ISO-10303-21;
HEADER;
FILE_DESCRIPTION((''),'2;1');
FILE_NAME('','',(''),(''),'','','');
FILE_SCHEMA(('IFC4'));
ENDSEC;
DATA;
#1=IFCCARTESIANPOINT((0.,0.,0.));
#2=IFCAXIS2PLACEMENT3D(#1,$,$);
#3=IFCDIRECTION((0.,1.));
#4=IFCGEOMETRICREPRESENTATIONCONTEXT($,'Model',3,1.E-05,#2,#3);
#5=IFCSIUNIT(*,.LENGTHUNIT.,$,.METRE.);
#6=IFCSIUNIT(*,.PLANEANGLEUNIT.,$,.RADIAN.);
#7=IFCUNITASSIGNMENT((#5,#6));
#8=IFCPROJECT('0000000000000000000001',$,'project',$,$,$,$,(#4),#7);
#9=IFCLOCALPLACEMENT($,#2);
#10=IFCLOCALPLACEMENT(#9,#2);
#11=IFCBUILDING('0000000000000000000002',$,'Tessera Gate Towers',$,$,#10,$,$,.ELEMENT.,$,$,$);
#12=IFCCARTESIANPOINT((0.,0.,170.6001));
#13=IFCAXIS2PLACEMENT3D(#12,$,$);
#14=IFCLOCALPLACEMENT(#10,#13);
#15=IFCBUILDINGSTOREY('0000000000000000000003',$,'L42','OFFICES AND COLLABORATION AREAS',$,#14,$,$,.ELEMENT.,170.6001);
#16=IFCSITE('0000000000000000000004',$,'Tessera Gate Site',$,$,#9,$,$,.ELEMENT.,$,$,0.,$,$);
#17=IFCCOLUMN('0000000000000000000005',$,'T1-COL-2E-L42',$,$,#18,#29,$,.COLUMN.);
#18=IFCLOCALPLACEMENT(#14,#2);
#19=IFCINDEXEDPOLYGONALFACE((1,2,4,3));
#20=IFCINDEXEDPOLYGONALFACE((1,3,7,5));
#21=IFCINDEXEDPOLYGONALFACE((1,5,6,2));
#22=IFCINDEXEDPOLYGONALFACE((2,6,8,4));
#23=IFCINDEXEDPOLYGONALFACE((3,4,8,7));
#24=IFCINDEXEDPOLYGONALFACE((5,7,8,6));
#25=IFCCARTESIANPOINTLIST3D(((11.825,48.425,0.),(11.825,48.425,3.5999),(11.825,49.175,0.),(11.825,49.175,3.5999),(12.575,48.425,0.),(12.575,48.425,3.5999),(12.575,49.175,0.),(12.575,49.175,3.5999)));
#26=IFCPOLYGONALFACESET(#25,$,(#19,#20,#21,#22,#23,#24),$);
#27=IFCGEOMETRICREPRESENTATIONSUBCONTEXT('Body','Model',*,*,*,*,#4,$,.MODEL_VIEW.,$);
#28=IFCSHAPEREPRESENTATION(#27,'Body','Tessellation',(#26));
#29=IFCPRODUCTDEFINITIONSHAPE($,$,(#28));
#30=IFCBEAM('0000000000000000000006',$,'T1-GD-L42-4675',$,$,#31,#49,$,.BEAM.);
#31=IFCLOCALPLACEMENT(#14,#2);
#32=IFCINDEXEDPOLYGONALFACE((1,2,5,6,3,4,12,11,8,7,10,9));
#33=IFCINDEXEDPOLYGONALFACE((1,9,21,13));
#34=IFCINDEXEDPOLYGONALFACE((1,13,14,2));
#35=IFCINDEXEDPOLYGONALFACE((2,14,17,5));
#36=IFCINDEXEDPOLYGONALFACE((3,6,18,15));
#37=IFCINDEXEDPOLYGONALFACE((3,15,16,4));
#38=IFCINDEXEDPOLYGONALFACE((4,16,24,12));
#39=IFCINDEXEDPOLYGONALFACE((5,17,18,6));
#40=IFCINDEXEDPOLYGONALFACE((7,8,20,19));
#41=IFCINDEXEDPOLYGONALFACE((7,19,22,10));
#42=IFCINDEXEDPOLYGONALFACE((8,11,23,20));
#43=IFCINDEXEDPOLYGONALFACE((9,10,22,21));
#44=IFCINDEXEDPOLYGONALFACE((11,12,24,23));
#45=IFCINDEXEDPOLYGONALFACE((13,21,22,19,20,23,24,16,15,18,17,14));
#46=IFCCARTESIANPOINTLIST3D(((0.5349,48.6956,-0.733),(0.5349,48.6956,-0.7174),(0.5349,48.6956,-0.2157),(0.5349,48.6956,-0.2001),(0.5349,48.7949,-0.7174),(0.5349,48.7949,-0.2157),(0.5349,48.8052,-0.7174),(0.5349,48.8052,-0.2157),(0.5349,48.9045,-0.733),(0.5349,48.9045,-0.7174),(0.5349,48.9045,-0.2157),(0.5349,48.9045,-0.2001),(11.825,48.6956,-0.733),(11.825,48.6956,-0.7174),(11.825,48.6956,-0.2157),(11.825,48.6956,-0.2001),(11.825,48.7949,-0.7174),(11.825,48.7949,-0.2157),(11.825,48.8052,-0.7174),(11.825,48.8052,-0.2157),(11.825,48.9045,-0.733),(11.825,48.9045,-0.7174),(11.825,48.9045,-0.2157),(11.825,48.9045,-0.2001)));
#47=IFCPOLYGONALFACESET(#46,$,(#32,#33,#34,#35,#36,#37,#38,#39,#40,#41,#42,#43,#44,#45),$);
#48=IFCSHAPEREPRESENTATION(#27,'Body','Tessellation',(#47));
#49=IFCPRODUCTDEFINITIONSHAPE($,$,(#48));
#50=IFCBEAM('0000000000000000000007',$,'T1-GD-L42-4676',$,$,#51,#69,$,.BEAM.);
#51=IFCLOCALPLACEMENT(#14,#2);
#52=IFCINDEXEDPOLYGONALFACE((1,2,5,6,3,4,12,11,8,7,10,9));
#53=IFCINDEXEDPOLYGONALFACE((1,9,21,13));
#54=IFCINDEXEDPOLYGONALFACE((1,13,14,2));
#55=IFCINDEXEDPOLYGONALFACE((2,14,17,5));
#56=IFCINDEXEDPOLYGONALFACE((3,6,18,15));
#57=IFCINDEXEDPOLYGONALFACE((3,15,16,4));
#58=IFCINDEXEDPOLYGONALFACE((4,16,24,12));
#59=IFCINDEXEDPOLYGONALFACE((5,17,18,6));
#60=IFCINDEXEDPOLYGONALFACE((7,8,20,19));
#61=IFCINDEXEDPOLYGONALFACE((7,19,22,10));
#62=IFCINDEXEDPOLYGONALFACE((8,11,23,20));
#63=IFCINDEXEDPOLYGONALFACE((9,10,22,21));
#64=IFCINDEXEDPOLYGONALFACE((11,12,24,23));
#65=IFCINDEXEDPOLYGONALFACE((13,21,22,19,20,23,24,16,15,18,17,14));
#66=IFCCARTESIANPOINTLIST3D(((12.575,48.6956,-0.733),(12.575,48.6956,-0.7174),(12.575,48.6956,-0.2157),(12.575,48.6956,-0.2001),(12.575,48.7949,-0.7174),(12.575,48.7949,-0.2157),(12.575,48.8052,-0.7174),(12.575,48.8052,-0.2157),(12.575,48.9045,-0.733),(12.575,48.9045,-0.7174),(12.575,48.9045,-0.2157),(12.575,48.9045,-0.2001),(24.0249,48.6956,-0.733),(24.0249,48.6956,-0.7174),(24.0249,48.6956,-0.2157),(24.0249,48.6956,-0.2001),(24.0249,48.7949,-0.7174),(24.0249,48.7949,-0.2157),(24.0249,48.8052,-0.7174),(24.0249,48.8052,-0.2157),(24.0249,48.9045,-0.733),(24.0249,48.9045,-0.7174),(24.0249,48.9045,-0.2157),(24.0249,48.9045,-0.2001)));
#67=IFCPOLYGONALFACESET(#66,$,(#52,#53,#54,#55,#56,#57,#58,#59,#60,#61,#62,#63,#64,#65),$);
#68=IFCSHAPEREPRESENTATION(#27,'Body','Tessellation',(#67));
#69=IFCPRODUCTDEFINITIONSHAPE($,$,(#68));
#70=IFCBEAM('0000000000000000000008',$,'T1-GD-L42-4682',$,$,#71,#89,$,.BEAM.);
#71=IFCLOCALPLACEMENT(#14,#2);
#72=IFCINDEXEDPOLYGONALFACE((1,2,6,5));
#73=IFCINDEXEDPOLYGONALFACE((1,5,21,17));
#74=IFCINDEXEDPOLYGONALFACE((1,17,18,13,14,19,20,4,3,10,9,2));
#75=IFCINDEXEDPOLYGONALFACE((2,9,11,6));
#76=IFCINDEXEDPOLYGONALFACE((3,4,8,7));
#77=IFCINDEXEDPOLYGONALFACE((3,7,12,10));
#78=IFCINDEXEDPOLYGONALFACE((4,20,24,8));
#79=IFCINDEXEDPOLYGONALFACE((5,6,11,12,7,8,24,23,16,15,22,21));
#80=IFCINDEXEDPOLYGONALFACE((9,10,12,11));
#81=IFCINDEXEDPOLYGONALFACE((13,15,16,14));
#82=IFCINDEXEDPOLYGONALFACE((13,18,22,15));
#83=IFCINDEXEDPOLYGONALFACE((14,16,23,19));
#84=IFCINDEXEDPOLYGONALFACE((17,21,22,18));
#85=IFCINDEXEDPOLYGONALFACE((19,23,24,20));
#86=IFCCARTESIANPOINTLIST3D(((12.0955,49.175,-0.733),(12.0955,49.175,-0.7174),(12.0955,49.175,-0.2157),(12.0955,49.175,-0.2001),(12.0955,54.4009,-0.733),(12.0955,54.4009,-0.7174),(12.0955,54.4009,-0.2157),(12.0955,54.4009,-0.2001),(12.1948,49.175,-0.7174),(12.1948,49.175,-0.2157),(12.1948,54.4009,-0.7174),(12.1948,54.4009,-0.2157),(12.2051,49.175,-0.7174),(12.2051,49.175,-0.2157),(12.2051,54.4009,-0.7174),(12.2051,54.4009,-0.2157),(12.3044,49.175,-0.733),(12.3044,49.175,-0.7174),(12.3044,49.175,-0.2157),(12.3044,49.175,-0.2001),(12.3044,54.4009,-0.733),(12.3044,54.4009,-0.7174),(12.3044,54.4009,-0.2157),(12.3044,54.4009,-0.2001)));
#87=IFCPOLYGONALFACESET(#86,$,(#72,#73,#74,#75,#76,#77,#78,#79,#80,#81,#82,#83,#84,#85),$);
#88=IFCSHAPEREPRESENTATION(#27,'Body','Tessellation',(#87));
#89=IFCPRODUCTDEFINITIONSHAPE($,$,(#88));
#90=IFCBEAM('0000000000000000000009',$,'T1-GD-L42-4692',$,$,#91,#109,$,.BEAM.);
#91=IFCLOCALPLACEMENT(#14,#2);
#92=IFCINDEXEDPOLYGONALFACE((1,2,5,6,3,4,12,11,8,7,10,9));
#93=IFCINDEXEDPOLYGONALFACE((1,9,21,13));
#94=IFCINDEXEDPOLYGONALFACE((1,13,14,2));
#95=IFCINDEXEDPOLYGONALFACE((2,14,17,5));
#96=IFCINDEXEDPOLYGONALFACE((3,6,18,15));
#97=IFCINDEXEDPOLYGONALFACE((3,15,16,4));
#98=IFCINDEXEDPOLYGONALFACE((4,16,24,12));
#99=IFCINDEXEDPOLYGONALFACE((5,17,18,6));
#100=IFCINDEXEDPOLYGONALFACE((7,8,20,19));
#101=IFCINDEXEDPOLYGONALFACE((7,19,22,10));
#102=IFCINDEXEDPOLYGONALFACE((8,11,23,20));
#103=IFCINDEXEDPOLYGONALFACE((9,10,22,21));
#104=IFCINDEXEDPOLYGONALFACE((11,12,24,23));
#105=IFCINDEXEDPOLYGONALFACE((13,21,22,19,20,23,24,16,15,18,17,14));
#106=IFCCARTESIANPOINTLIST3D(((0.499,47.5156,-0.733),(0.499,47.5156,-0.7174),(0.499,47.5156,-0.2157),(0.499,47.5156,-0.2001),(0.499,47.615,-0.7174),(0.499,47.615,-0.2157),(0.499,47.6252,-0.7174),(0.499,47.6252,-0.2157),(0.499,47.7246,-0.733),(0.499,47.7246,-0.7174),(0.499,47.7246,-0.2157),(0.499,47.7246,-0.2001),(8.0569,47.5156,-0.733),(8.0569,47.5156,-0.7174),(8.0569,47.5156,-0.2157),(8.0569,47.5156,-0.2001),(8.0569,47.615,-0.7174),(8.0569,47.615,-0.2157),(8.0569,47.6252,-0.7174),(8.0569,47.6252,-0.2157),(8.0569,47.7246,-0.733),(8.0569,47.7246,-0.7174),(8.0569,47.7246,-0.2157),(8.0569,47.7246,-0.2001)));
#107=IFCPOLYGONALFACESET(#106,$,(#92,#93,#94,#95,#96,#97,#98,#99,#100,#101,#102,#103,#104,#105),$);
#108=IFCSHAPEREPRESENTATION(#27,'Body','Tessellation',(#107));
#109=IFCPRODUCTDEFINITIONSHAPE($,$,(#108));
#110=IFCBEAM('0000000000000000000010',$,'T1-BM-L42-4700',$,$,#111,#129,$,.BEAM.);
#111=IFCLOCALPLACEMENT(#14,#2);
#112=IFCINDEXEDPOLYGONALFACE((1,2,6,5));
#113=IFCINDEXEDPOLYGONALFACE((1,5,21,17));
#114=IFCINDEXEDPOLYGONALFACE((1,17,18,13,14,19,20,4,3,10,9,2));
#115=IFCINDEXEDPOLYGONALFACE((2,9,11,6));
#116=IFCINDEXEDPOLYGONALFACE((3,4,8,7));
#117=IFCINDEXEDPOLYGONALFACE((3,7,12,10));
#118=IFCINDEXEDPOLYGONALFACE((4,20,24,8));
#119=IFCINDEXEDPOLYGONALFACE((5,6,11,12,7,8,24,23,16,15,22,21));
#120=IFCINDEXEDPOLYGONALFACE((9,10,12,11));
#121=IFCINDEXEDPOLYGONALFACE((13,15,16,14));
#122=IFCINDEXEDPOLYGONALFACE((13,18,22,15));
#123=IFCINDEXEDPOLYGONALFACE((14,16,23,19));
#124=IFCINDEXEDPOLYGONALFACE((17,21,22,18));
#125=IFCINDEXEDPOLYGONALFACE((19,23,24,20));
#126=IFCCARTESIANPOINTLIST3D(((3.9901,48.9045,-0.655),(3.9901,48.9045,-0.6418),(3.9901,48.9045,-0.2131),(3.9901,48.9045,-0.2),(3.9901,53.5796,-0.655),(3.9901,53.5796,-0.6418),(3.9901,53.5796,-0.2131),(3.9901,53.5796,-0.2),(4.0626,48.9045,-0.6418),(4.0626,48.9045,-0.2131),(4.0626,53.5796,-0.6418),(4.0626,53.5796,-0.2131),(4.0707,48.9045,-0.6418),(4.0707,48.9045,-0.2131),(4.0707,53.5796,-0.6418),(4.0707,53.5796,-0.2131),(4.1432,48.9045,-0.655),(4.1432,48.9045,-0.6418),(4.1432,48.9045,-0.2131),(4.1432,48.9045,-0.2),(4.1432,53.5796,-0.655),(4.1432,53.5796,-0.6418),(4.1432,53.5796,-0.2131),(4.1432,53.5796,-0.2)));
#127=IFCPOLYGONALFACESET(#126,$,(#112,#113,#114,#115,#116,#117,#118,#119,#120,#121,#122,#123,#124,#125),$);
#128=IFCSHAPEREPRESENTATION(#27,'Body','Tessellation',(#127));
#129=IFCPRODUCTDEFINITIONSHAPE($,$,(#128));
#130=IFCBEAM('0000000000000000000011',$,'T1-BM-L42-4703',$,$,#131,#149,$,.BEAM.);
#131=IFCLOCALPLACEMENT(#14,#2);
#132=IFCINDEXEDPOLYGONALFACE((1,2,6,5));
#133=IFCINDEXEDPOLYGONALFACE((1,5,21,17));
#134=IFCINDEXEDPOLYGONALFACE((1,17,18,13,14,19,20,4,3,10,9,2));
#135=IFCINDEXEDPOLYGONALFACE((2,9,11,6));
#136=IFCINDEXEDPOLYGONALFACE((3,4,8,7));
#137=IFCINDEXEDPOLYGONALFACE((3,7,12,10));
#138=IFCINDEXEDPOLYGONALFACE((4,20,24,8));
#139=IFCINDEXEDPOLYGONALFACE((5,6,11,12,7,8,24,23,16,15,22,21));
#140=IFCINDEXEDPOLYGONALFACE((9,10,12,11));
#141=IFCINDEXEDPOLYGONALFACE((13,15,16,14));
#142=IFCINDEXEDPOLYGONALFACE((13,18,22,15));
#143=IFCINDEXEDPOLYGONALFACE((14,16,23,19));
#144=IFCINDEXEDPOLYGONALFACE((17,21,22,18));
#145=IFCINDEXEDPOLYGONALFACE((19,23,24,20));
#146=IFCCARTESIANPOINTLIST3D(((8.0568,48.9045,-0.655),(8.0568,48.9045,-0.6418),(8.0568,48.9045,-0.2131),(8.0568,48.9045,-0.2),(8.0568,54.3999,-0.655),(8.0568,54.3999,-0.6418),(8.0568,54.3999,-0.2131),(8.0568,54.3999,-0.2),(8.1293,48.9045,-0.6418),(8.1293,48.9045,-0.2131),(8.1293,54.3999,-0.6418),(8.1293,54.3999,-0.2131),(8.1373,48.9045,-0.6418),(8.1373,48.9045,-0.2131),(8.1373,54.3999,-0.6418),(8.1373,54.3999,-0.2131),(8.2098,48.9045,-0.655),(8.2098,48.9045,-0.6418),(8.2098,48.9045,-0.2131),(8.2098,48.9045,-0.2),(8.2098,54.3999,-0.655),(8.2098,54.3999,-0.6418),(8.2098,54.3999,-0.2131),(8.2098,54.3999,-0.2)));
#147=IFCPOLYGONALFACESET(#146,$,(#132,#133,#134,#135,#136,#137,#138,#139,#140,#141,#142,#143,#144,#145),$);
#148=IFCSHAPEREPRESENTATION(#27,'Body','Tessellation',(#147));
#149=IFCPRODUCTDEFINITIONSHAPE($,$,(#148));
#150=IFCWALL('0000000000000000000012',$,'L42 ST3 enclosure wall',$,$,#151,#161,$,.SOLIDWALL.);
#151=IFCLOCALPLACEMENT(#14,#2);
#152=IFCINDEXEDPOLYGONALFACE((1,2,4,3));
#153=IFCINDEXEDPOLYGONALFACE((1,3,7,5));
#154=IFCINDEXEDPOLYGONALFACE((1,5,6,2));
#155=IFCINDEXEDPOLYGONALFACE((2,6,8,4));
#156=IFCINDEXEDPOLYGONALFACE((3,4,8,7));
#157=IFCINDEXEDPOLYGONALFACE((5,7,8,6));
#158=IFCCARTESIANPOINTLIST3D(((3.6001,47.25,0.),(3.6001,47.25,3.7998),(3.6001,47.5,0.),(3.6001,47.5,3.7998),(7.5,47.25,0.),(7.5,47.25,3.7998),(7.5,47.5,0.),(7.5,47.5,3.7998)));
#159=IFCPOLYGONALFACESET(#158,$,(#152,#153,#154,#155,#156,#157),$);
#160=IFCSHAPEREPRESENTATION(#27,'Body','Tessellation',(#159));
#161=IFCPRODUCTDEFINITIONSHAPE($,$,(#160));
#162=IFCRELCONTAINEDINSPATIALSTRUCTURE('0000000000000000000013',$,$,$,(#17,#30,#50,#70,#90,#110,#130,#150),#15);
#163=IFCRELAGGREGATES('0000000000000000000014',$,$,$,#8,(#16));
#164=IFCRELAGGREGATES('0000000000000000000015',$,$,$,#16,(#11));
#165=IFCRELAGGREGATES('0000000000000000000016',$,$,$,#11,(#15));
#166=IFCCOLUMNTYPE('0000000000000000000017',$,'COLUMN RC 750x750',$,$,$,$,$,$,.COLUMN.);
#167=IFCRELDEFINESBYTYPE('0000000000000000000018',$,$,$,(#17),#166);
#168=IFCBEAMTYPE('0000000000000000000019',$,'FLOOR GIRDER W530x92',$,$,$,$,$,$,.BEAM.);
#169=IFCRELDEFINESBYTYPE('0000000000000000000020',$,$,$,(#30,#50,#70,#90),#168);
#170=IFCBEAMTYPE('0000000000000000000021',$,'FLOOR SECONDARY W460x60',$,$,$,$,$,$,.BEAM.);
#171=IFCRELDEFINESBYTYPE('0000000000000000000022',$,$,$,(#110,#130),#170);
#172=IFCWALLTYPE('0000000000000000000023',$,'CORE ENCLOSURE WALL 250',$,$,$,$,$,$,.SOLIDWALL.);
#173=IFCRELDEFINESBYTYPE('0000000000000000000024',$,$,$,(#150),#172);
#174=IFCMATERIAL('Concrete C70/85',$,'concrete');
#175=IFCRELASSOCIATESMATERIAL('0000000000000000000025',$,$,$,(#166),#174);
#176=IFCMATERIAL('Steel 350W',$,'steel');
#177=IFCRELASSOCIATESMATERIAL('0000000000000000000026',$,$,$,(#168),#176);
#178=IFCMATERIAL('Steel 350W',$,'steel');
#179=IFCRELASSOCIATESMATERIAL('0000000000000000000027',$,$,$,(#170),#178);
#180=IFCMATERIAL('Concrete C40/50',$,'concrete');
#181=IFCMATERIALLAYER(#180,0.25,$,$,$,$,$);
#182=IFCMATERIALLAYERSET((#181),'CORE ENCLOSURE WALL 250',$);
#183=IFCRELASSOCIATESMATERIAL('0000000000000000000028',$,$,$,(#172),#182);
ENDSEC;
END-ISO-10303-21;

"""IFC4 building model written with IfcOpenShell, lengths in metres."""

from ifc_helpers import new_model, si_unit, direction, frame, frame_2d, origin, origin_2d, place, context, subcontext, project, spatial, rectangle, i_section, extrude, material, layer, layer_set, material_profile, profile_set, type_object, element, save


model = new_model("IFC4")

# Units and contexts
model_context = context("Model", 3, precision=1e-05, world=origin(), true_north=direction((0.0, 1.0)))
body_context = subcontext(model_context, "Body", "Model", "MODEL_VIEW")
ifc_project = project(units=[si_unit("LENGTHUNIT", "METRE"), si_unit("PLANEANGLEUNIT", "RADIAN")], contexts=[model_context])

# Site, building, storey
site_placement = place(None, origin())
site = spatial("IfcSite", under=ifc_project, at=site_placement, Name="Tessera Gate Site", CompositionType="ELEMENT", RefElevation=0.0)
building_placement = place(site_placement, origin())
building = spatial("IfcBuilding", under=site, at=building_placement, Name="Tessera Gate Towers", CompositionType="ELEMENT")
storey_placement = place(building_placement, frame((0.0, 0.0, 170.6001)))
storey = spatial("IfcBuildingStorey", under=building, at=storey_placement, Name="L42", Description="OFFICES AND COLLABORATION AREAS", CompositionType="ELEMENT", Elevation=170.6001)

# Column
ifc_material_1 = material(Name="Concrete C70/85", Category="concrete")
ifc_material_profile_1 = material_profile(ifc_material_1, rectangle(XDim=0.75, YDim=0.75, at=origin_2d()), Name="RC 750x750")
ifc_profile_set_1 = profile_set([ifc_material_profile_1], Name="Concrete C70/85")
column_type = type_object("IfcColumnType", Name="COLUMN RC 750x750", PredefinedType="COLUMN", material=ifc_profile_set_1)
column_placement = place(storey_placement, frame((12.2, 48.8, 0.0), z_axis=(0.0, 0.0, 1.0), x_axis=(1.0, 0.0, 0.0)))
element("IfcColumn", 1, at=column_placement, inside=storey, type_object=column_type, Name="T1-COL-2E-L42", PredefinedType="COLUMN", context=body_context, shape_type="SweptSolid", body=[
    extrude(rectangle(XDim=0.75, YDim=0.75, at=origin_2d()), origin(), (0.0, 0.0, 1.0), 3.5999),
])

# Beams
ifc_material_2 = material(Name="Steel 350W", Category="steel")
ifc_material_profile_2 = material_profile(ifc_material_2, i_section(OverallWidth=0.209, OverallDepth=0.533, WebThickness=0.0103, FlangeThickness=0.0156, at=origin_2d()), Name="W530x92")
ifc_profile_set_2 = profile_set([ifc_material_profile_2], Name="Steel 350W")
beam_type_1 = type_object("IfcBeamType", Name="FLOOR GIRDER W530x92", PredefinedType="BEAM", material=ifc_profile_set_2)
beam_1_placement = place(storey_placement, frame((0.5349, 48.8, -0.4666), z_axis=(1.0, 0.0, 0.0), x_axis=(0.0, 1.0, 0.0)))
element("IfcBeam", 2, at=beam_1_placement, inside=storey, type_object=beam_type_1, Name="T1-GD-L42-4675", PredefinedType="BEAM", context=body_context, shape_type="SweptSolid", body=[
    extrude(i_section(OverallWidth=0.209, OverallDepth=0.533, WebThickness=0.0103, FlangeThickness=0.0156, at=origin_2d()), origin(), (0.0, 0.0, 1.0), 11.29),
])
beam_2_placement = place(storey_placement, frame((12.575, 48.8, -0.4666), z_axis=(1.0, 0.0, 0.0), x_axis=(0.0, 1.0, 0.0)))
element("IfcBeam", 3, at=beam_2_placement, inside=storey, type_object=beam_type_1, Name="T1-GD-L42-4676", PredefinedType="BEAM", context=body_context, shape_type="SweptSolid", body=[
    extrude(i_section(OverallWidth=0.209, OverallDepth=0.533, WebThickness=0.0103, FlangeThickness=0.0156, at=origin_2d()), origin(), (0.0, 0.0, 1.0), 11.45),
])
beam_3_placement = place(storey_placement, frame((12.2, 49.175, -0.4666), z_axis=(0.0, 1.0, 0.0), x_axis=(-1.0, 0.0, 0.0)))
element("IfcBeam", 4, at=beam_3_placement, inside=storey, type_object=beam_type_1, Name="T1-GD-L42-4682", PredefinedType="BEAM", context=body_context, shape_type="SweptSolid", body=[
    extrude(i_section(OverallWidth=0.209, OverallDepth=0.533, WebThickness=0.0103, FlangeThickness=0.0156, at=origin_2d()), origin(), (0.0, 0.0, 1.0), 5.2258),
])
beam_4_placement = place(storey_placement, frame((0.499, 47.6201, -0.4666), z_axis=(1.0, 0.0, 0.0), x_axis=(0.0, 1.0, 0.0)))
element("IfcBeam", 5, at=beam_4_placement, inside=storey, type_object=beam_type_1, Name="T1-GD-L42-4692", PredefinedType="BEAM", context=body_context, shape_type="SweptSolid", body=[
    extrude(i_section(OverallWidth=0.209, OverallDepth=0.533, WebThickness=0.0103, FlangeThickness=0.0156, at=origin_2d()), origin(), (0.0, 0.0, 1.0), 7.5579),
])
ifc_material_3 = material(Name="Steel 350W", Category="steel")
ifc_material_profile_3 = material_profile(ifc_material_3, i_section(OverallWidth=0.1531, OverallDepth=0.4551, WebThickness=0.0081, FlangeThickness=0.0132, at=origin_2d()), Name="W460x60")
ifc_profile_set_3 = profile_set([ifc_material_profile_3], Name="Steel 350W")
beam_type_2 = type_object("IfcBeamType", Name="FLOOR SECONDARY W460x60", PredefinedType="BEAM", material=ifc_profile_set_3)
beam_5_placement = place(storey_placement, frame((4.0667, 48.9045, -0.4275), z_axis=(0.0, 1.0, 0.0), x_axis=(-1.0, 0.0, 0.0)))
element("IfcBeam", 6, at=beam_5_placement, inside=storey, type_object=beam_type_2, Name="T1-BM-L42-4700", PredefinedType="BEAM", context=body_context, shape_type="SweptSolid", body=[
    extrude(i_section(OverallWidth=0.1531, OverallDepth=0.4551, WebThickness=0.0081, FlangeThickness=0.0132, at=origin_2d()), origin(), (0.0, 0.0, 1.0), 4.675),
])
beam_6_placement = place(storey_placement, frame((8.1333, 48.9045, -0.4275), z_axis=(0.0, 1.0, 0.0), x_axis=(-1.0, 0.0, 0.0)))
element("IfcBeam", 7, at=beam_6_placement, inside=storey, type_object=beam_type_2, Name="T1-BM-L42-4703", PredefinedType="BEAM", context=body_context, shape_type="SweptSolid", body=[
    extrude(i_section(OverallWidth=0.1531, OverallDepth=0.4551, WebThickness=0.0081, FlangeThickness=0.0132, at=origin_2d()), origin(), (0.0, 0.0, 1.0), 5.4954),
])

# Wall
ifc_material_4 = material(Name="Concrete C40/50", Category="concrete")
ifc_layer_1 = layer(ifc_material_4, 0.25)
ifc_layer_set_1 = layer_set([ifc_layer_1], Name="CORE ENCLOSURE WALL 250")
wall_type_1 = type_object("IfcWallType", Name="CORE ENCLOSURE WALL 250", PredefinedType="SOLIDWALL", material=ifc_layer_set_1)
wall_1_placement = place(storey_placement, frame((3.6001, 47.375, 0.0), z_axis=(0.0, 0.0, 1.0), x_axis=(1.0, 0.0, 0.0)))
element("IfcWall", 8, at=wall_1_placement, inside=storey, type_object=wall_type_1, Name="L42 ST3 enclosure wall", PredefinedType="SOLIDWALL", context=body_context, shape_type="SweptSolid", body=[
    extrude(rectangle(XDim=3.8999, YDim=0.25, at=frame_2d((1.95, 0.0))), origin(), (0.0, 0.0, 1.0), 3.7998),
])

save(model, "model.ifc")
